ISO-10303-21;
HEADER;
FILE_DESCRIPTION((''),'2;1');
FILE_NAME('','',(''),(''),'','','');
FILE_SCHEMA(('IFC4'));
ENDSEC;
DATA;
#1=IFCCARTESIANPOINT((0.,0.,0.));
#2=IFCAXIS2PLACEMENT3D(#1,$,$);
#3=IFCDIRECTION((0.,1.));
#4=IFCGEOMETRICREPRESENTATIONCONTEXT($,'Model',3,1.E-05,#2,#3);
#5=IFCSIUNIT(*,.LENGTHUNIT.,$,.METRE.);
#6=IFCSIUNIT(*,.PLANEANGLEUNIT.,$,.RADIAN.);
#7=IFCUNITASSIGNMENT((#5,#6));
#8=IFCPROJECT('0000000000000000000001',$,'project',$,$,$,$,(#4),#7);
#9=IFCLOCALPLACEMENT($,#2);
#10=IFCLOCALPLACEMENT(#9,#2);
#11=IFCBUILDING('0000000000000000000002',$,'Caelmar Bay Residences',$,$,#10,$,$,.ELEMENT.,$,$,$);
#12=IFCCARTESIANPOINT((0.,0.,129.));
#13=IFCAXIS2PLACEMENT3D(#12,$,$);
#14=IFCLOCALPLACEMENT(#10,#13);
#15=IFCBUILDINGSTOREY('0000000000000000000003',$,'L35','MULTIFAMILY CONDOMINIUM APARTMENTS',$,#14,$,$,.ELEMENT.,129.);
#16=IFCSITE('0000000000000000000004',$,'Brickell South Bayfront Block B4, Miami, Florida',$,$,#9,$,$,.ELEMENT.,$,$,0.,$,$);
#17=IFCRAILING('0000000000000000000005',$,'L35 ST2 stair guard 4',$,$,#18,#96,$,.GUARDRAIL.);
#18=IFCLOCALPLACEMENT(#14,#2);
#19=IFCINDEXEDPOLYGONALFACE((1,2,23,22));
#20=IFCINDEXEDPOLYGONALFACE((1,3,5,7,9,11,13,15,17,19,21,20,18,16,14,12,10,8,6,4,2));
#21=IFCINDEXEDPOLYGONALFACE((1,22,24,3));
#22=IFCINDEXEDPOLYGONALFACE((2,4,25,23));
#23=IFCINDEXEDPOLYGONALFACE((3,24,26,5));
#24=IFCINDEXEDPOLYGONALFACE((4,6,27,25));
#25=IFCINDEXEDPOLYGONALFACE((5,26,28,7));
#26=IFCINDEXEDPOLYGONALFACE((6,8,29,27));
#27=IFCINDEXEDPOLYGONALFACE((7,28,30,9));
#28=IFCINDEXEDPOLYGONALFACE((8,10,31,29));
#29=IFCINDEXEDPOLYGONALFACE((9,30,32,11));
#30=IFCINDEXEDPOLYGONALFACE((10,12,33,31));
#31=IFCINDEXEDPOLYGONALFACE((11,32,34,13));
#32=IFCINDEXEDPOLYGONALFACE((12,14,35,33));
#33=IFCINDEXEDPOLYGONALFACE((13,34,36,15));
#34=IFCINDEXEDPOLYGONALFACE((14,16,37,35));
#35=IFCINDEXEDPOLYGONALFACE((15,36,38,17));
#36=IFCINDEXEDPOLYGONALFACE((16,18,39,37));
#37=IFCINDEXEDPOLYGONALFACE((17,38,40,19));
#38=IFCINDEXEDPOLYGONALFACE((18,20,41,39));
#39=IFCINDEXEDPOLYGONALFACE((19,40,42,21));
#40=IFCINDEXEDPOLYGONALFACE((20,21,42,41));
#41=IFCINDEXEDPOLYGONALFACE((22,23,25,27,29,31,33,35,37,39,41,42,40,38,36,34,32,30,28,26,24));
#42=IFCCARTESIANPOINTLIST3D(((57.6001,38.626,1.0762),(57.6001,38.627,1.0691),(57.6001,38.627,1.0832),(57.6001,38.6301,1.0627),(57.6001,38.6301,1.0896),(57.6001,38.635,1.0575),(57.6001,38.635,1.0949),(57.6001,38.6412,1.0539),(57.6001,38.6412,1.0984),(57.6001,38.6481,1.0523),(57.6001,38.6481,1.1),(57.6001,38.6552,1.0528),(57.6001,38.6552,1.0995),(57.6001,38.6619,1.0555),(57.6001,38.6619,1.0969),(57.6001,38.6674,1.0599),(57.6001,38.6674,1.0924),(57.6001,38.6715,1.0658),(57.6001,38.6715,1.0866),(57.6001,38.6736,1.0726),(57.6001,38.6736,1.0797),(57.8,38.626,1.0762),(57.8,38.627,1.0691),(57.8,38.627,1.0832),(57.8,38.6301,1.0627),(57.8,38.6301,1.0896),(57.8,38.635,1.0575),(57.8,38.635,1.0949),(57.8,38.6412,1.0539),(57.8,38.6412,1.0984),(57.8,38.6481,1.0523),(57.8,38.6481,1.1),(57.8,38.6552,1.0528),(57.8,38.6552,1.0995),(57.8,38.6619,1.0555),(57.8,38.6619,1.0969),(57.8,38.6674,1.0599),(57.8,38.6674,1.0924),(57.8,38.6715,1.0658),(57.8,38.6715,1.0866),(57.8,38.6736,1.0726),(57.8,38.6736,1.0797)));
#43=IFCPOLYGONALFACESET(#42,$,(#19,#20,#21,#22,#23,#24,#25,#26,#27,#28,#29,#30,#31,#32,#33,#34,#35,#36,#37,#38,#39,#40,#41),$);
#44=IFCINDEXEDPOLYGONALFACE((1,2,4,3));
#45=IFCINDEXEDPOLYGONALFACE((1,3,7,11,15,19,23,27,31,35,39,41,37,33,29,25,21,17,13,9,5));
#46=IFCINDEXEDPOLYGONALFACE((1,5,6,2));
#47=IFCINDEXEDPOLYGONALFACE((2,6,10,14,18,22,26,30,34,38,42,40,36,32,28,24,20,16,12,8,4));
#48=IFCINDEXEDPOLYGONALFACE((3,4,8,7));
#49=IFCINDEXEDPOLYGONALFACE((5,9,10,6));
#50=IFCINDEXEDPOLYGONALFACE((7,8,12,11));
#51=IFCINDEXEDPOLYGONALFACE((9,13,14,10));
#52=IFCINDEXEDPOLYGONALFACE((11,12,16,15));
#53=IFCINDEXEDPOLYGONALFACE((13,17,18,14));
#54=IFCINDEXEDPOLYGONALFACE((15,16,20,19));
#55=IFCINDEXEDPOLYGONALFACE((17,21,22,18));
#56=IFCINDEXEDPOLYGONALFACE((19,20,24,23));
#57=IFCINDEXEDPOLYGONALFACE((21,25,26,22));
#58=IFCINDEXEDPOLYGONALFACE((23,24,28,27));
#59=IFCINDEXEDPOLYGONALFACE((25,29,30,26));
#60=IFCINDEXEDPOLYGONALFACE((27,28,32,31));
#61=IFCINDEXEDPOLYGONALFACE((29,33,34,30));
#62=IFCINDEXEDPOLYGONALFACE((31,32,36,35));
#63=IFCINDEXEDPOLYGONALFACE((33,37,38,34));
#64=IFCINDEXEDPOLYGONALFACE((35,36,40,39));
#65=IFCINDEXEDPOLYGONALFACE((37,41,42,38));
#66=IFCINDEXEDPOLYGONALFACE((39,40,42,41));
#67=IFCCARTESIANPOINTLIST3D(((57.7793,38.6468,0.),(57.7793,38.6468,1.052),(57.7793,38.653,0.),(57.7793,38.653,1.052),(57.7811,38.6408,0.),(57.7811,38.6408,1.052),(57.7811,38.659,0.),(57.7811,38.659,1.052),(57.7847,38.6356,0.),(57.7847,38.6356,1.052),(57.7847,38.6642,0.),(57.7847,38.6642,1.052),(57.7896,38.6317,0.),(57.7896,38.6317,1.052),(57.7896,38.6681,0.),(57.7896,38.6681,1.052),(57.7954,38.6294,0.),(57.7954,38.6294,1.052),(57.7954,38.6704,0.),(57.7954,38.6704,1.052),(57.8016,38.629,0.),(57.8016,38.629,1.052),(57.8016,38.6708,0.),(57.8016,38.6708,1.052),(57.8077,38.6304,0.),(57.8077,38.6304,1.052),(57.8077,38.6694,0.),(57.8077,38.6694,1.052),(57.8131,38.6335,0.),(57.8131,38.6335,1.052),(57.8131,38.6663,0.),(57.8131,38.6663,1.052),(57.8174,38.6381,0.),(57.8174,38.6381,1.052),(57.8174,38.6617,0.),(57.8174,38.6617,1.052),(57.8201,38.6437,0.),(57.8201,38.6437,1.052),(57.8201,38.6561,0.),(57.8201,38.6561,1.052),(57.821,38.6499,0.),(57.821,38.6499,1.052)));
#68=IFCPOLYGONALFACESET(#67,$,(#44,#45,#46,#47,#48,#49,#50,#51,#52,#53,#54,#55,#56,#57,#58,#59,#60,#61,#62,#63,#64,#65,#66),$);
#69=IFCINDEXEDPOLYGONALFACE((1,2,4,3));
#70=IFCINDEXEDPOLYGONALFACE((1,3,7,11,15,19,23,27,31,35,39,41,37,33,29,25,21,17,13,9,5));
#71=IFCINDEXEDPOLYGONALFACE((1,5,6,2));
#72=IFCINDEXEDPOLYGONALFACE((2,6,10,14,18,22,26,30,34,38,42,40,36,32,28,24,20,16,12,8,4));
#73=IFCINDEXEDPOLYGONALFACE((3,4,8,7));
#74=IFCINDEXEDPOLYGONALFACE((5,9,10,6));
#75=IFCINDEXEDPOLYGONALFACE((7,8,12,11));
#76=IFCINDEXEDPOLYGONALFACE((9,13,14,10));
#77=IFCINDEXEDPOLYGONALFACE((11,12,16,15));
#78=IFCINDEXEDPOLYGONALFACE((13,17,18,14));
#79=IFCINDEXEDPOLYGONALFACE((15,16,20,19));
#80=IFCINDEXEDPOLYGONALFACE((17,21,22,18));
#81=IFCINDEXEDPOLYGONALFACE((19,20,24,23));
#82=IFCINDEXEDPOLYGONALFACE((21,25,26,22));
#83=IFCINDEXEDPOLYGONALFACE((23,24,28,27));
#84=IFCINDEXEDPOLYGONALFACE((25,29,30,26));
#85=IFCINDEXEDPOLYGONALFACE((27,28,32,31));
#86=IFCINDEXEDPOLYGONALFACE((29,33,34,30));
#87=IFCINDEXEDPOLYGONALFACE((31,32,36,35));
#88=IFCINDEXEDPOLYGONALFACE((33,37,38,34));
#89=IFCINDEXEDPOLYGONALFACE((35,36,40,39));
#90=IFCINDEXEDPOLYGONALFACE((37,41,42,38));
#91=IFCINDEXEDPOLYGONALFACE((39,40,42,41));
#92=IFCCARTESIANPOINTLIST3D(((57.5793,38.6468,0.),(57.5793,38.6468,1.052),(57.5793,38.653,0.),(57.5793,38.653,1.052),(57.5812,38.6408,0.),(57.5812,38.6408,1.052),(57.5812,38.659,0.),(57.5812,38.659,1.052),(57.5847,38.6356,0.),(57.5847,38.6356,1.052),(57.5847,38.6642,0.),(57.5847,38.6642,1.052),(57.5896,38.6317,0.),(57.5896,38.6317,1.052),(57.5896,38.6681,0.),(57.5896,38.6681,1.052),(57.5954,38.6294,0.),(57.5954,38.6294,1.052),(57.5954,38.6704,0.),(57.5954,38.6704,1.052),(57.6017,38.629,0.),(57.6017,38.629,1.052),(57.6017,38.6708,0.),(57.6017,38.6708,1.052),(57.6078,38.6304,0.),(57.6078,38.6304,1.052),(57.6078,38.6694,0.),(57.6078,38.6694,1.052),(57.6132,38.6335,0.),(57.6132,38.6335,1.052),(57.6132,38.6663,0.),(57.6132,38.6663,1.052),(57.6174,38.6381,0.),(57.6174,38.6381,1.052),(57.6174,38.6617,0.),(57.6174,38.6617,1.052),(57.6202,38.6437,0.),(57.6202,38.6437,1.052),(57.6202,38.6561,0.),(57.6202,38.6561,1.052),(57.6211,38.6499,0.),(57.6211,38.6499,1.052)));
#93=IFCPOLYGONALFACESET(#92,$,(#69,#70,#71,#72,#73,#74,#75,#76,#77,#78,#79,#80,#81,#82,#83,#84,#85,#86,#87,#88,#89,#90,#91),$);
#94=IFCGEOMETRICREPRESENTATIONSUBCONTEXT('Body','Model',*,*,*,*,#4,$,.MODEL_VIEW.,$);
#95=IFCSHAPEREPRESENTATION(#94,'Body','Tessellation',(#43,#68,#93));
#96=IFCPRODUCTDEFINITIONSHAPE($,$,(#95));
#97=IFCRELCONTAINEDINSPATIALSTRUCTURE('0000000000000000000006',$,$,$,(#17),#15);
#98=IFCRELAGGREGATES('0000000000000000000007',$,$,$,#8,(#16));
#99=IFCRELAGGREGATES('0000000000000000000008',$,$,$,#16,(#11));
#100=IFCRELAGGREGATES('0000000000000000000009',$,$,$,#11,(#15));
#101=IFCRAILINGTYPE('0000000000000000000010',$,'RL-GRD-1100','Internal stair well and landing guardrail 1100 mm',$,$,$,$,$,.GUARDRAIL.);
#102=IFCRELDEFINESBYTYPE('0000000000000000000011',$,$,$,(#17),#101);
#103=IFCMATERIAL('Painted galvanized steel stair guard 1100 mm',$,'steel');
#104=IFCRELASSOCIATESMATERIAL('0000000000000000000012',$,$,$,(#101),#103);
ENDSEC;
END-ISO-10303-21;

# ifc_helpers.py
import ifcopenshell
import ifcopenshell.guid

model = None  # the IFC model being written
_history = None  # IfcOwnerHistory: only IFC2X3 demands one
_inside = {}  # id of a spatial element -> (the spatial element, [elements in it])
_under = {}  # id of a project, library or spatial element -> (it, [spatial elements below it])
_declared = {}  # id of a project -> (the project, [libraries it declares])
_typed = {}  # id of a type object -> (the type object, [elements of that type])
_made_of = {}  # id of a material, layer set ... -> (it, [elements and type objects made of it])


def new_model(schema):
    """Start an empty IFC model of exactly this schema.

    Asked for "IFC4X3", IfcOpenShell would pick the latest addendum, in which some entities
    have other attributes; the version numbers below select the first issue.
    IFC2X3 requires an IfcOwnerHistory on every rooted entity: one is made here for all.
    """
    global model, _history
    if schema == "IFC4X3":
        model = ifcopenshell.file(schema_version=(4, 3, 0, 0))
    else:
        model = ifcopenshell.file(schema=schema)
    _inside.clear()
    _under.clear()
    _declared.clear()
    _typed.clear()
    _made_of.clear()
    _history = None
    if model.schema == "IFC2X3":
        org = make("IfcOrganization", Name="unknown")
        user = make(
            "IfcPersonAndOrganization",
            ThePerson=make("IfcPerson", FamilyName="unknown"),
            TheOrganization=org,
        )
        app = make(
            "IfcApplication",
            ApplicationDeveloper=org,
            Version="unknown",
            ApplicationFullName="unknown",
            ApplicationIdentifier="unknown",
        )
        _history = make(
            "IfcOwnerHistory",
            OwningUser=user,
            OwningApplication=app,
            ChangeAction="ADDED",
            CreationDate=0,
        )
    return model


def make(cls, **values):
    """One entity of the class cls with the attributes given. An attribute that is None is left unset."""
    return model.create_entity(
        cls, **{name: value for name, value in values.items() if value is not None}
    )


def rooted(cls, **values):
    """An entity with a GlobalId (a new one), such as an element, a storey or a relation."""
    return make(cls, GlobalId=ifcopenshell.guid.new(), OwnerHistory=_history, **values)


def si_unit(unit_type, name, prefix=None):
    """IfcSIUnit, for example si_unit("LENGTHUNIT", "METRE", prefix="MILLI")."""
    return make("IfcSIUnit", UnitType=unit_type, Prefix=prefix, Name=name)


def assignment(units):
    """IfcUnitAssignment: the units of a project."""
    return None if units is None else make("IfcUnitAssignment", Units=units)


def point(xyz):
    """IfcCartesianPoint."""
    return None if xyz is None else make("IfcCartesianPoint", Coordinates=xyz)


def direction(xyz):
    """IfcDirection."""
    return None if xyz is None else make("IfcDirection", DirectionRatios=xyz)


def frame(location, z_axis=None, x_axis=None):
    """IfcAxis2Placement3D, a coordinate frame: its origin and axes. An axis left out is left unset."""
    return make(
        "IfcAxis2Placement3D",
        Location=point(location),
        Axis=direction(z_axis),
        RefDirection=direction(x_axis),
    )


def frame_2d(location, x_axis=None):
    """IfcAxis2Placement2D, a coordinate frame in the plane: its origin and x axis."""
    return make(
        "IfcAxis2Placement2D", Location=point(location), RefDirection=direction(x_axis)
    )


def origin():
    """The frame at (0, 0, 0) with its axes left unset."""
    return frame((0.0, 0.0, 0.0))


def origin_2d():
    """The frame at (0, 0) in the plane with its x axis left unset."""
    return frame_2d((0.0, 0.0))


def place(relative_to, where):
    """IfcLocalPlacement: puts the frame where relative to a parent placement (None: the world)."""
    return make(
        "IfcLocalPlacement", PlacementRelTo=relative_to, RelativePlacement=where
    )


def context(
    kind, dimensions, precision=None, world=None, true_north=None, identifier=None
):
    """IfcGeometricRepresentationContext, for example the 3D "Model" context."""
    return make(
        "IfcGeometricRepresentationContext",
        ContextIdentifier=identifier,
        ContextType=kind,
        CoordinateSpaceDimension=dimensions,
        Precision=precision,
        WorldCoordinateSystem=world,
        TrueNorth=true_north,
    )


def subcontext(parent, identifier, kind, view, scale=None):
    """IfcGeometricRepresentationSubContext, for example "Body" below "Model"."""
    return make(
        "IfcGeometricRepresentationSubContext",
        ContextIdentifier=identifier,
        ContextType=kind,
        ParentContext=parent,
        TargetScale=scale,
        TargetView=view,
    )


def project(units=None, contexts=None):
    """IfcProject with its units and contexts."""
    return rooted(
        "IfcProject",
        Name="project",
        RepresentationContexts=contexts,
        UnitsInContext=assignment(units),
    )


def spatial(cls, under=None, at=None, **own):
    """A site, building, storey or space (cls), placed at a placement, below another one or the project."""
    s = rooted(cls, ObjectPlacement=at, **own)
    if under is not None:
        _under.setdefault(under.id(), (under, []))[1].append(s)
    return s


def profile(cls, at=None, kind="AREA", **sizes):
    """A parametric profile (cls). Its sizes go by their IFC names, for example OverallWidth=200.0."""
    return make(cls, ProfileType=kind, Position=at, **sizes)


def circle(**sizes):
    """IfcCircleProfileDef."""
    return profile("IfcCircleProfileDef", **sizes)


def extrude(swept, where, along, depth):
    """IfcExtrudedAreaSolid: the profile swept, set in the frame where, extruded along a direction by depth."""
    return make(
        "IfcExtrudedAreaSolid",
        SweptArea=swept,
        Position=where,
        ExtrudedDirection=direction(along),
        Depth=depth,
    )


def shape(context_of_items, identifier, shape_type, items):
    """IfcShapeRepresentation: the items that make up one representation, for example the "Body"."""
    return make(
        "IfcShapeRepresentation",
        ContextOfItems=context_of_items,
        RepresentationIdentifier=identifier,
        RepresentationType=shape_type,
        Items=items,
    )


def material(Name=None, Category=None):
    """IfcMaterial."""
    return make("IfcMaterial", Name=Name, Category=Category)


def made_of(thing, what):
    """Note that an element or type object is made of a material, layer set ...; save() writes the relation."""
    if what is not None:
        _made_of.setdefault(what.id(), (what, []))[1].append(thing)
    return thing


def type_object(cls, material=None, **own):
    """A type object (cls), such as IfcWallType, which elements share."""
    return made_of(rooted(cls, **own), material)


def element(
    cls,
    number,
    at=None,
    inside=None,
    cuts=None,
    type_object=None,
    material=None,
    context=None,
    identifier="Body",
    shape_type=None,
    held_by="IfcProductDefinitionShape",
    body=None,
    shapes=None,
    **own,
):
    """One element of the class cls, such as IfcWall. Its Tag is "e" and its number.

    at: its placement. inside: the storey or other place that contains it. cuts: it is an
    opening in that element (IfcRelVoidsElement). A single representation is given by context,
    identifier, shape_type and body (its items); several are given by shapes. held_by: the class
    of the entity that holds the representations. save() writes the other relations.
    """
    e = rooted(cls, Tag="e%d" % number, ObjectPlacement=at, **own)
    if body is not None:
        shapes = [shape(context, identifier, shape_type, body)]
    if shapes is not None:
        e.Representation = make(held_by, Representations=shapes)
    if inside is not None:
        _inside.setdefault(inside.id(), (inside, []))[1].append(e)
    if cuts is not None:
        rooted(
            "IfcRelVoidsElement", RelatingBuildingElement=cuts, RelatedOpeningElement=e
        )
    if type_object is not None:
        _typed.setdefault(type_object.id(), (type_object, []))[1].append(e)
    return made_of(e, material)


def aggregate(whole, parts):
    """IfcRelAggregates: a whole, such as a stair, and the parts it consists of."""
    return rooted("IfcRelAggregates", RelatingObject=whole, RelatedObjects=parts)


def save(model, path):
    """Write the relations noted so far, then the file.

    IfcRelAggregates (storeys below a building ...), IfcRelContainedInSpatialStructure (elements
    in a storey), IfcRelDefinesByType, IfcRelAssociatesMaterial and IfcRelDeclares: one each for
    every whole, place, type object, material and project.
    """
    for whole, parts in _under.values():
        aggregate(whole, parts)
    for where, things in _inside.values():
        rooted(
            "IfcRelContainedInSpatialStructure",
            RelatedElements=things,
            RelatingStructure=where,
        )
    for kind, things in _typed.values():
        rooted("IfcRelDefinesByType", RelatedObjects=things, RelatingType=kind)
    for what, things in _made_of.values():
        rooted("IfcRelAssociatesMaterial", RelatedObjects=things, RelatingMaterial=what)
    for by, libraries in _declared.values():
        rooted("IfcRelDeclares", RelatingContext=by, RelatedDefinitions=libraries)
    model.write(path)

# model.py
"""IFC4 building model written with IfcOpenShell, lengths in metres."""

from ifc_helpers import new_model, si_unit, direction, frame, origin, origin_2d, place, context, subcontext, project, spatial, circle, extrude, material, type_object, element, save


model = new_model("IFC4")

# Units and contexts
model_context = context("Model", 3, precision=1e-05, world=origin(), true_north=direction((0.0, 1.0)))
body_context = subcontext(model_context, "Body", "Model", "MODEL_VIEW")
ifc_project = project(units=[si_unit("LENGTHUNIT", "METRE"), si_unit("PLANEANGLEUNIT", "RADIAN")], contexts=[model_context])

# Site, building, storey
site_placement = place(None, origin())
site = spatial("IfcSite", under=ifc_project, at=site_placement, Name="Brickell South Bayfront Block B4, Miami, Florida", CompositionType="ELEMENT", RefElevation=0.0)
building_placement = place(site_placement, origin())
building = spatial("IfcBuilding", under=site, at=building_placement, Name="Caelmar Bay Residences", CompositionType="ELEMENT")
storey_placement = place(building_placement, frame((0.0, 0.0, 129.0)))
storey = spatial("IfcBuildingStorey", under=building, at=storey_placement, Name="L35", Description="MULTIFAMILY CONDOMINIUM APARTMENTS", CompositionType="ELEMENT", Elevation=129.0)

# Railing
ifc_material_1 = material(Name="Painted galvanized steel stair guard 1100 mm", Category="steel")
railing_type_1 = type_object("IfcRailingType", Name="RL-GRD-1100", Description="Internal stair well and landing guardrail 1100 mm", PredefinedType="GUARDRAIL", material=ifc_material_1)
railing_1_placement = place(storey_placement, frame((57.8, 38.6499, 0.0)))
element("IfcRailing", 1, at=railing_1_placement, inside=storey, type_object=railing_type_1, Name="L35 ST2 stair guard 4", PredefinedType="GUARDRAIL", context=body_context, shape_type="SweptSolid", body=[
    extrude(circle(Radius=0.0239, at=origin_2d()), frame((0.0, 0.0, 1.0762), z_axis=(-1.0, 0.0, 0.0), x_axis=(0.0, -1.0, 0.0)), (0.0, 0.0, 1.0), 0.2),
    extrude(circle(Radius=0.021, at=origin_2d()), origin(), (0.0, 0.0, 1.0), 1.052),
    extrude(circle(Radius=0.021, at=origin_2d()), frame((-0.2, 0.0, 0.0)), (0.0, 0.0, 1.0), 1.052),
])

save(model, "model.ifc")
